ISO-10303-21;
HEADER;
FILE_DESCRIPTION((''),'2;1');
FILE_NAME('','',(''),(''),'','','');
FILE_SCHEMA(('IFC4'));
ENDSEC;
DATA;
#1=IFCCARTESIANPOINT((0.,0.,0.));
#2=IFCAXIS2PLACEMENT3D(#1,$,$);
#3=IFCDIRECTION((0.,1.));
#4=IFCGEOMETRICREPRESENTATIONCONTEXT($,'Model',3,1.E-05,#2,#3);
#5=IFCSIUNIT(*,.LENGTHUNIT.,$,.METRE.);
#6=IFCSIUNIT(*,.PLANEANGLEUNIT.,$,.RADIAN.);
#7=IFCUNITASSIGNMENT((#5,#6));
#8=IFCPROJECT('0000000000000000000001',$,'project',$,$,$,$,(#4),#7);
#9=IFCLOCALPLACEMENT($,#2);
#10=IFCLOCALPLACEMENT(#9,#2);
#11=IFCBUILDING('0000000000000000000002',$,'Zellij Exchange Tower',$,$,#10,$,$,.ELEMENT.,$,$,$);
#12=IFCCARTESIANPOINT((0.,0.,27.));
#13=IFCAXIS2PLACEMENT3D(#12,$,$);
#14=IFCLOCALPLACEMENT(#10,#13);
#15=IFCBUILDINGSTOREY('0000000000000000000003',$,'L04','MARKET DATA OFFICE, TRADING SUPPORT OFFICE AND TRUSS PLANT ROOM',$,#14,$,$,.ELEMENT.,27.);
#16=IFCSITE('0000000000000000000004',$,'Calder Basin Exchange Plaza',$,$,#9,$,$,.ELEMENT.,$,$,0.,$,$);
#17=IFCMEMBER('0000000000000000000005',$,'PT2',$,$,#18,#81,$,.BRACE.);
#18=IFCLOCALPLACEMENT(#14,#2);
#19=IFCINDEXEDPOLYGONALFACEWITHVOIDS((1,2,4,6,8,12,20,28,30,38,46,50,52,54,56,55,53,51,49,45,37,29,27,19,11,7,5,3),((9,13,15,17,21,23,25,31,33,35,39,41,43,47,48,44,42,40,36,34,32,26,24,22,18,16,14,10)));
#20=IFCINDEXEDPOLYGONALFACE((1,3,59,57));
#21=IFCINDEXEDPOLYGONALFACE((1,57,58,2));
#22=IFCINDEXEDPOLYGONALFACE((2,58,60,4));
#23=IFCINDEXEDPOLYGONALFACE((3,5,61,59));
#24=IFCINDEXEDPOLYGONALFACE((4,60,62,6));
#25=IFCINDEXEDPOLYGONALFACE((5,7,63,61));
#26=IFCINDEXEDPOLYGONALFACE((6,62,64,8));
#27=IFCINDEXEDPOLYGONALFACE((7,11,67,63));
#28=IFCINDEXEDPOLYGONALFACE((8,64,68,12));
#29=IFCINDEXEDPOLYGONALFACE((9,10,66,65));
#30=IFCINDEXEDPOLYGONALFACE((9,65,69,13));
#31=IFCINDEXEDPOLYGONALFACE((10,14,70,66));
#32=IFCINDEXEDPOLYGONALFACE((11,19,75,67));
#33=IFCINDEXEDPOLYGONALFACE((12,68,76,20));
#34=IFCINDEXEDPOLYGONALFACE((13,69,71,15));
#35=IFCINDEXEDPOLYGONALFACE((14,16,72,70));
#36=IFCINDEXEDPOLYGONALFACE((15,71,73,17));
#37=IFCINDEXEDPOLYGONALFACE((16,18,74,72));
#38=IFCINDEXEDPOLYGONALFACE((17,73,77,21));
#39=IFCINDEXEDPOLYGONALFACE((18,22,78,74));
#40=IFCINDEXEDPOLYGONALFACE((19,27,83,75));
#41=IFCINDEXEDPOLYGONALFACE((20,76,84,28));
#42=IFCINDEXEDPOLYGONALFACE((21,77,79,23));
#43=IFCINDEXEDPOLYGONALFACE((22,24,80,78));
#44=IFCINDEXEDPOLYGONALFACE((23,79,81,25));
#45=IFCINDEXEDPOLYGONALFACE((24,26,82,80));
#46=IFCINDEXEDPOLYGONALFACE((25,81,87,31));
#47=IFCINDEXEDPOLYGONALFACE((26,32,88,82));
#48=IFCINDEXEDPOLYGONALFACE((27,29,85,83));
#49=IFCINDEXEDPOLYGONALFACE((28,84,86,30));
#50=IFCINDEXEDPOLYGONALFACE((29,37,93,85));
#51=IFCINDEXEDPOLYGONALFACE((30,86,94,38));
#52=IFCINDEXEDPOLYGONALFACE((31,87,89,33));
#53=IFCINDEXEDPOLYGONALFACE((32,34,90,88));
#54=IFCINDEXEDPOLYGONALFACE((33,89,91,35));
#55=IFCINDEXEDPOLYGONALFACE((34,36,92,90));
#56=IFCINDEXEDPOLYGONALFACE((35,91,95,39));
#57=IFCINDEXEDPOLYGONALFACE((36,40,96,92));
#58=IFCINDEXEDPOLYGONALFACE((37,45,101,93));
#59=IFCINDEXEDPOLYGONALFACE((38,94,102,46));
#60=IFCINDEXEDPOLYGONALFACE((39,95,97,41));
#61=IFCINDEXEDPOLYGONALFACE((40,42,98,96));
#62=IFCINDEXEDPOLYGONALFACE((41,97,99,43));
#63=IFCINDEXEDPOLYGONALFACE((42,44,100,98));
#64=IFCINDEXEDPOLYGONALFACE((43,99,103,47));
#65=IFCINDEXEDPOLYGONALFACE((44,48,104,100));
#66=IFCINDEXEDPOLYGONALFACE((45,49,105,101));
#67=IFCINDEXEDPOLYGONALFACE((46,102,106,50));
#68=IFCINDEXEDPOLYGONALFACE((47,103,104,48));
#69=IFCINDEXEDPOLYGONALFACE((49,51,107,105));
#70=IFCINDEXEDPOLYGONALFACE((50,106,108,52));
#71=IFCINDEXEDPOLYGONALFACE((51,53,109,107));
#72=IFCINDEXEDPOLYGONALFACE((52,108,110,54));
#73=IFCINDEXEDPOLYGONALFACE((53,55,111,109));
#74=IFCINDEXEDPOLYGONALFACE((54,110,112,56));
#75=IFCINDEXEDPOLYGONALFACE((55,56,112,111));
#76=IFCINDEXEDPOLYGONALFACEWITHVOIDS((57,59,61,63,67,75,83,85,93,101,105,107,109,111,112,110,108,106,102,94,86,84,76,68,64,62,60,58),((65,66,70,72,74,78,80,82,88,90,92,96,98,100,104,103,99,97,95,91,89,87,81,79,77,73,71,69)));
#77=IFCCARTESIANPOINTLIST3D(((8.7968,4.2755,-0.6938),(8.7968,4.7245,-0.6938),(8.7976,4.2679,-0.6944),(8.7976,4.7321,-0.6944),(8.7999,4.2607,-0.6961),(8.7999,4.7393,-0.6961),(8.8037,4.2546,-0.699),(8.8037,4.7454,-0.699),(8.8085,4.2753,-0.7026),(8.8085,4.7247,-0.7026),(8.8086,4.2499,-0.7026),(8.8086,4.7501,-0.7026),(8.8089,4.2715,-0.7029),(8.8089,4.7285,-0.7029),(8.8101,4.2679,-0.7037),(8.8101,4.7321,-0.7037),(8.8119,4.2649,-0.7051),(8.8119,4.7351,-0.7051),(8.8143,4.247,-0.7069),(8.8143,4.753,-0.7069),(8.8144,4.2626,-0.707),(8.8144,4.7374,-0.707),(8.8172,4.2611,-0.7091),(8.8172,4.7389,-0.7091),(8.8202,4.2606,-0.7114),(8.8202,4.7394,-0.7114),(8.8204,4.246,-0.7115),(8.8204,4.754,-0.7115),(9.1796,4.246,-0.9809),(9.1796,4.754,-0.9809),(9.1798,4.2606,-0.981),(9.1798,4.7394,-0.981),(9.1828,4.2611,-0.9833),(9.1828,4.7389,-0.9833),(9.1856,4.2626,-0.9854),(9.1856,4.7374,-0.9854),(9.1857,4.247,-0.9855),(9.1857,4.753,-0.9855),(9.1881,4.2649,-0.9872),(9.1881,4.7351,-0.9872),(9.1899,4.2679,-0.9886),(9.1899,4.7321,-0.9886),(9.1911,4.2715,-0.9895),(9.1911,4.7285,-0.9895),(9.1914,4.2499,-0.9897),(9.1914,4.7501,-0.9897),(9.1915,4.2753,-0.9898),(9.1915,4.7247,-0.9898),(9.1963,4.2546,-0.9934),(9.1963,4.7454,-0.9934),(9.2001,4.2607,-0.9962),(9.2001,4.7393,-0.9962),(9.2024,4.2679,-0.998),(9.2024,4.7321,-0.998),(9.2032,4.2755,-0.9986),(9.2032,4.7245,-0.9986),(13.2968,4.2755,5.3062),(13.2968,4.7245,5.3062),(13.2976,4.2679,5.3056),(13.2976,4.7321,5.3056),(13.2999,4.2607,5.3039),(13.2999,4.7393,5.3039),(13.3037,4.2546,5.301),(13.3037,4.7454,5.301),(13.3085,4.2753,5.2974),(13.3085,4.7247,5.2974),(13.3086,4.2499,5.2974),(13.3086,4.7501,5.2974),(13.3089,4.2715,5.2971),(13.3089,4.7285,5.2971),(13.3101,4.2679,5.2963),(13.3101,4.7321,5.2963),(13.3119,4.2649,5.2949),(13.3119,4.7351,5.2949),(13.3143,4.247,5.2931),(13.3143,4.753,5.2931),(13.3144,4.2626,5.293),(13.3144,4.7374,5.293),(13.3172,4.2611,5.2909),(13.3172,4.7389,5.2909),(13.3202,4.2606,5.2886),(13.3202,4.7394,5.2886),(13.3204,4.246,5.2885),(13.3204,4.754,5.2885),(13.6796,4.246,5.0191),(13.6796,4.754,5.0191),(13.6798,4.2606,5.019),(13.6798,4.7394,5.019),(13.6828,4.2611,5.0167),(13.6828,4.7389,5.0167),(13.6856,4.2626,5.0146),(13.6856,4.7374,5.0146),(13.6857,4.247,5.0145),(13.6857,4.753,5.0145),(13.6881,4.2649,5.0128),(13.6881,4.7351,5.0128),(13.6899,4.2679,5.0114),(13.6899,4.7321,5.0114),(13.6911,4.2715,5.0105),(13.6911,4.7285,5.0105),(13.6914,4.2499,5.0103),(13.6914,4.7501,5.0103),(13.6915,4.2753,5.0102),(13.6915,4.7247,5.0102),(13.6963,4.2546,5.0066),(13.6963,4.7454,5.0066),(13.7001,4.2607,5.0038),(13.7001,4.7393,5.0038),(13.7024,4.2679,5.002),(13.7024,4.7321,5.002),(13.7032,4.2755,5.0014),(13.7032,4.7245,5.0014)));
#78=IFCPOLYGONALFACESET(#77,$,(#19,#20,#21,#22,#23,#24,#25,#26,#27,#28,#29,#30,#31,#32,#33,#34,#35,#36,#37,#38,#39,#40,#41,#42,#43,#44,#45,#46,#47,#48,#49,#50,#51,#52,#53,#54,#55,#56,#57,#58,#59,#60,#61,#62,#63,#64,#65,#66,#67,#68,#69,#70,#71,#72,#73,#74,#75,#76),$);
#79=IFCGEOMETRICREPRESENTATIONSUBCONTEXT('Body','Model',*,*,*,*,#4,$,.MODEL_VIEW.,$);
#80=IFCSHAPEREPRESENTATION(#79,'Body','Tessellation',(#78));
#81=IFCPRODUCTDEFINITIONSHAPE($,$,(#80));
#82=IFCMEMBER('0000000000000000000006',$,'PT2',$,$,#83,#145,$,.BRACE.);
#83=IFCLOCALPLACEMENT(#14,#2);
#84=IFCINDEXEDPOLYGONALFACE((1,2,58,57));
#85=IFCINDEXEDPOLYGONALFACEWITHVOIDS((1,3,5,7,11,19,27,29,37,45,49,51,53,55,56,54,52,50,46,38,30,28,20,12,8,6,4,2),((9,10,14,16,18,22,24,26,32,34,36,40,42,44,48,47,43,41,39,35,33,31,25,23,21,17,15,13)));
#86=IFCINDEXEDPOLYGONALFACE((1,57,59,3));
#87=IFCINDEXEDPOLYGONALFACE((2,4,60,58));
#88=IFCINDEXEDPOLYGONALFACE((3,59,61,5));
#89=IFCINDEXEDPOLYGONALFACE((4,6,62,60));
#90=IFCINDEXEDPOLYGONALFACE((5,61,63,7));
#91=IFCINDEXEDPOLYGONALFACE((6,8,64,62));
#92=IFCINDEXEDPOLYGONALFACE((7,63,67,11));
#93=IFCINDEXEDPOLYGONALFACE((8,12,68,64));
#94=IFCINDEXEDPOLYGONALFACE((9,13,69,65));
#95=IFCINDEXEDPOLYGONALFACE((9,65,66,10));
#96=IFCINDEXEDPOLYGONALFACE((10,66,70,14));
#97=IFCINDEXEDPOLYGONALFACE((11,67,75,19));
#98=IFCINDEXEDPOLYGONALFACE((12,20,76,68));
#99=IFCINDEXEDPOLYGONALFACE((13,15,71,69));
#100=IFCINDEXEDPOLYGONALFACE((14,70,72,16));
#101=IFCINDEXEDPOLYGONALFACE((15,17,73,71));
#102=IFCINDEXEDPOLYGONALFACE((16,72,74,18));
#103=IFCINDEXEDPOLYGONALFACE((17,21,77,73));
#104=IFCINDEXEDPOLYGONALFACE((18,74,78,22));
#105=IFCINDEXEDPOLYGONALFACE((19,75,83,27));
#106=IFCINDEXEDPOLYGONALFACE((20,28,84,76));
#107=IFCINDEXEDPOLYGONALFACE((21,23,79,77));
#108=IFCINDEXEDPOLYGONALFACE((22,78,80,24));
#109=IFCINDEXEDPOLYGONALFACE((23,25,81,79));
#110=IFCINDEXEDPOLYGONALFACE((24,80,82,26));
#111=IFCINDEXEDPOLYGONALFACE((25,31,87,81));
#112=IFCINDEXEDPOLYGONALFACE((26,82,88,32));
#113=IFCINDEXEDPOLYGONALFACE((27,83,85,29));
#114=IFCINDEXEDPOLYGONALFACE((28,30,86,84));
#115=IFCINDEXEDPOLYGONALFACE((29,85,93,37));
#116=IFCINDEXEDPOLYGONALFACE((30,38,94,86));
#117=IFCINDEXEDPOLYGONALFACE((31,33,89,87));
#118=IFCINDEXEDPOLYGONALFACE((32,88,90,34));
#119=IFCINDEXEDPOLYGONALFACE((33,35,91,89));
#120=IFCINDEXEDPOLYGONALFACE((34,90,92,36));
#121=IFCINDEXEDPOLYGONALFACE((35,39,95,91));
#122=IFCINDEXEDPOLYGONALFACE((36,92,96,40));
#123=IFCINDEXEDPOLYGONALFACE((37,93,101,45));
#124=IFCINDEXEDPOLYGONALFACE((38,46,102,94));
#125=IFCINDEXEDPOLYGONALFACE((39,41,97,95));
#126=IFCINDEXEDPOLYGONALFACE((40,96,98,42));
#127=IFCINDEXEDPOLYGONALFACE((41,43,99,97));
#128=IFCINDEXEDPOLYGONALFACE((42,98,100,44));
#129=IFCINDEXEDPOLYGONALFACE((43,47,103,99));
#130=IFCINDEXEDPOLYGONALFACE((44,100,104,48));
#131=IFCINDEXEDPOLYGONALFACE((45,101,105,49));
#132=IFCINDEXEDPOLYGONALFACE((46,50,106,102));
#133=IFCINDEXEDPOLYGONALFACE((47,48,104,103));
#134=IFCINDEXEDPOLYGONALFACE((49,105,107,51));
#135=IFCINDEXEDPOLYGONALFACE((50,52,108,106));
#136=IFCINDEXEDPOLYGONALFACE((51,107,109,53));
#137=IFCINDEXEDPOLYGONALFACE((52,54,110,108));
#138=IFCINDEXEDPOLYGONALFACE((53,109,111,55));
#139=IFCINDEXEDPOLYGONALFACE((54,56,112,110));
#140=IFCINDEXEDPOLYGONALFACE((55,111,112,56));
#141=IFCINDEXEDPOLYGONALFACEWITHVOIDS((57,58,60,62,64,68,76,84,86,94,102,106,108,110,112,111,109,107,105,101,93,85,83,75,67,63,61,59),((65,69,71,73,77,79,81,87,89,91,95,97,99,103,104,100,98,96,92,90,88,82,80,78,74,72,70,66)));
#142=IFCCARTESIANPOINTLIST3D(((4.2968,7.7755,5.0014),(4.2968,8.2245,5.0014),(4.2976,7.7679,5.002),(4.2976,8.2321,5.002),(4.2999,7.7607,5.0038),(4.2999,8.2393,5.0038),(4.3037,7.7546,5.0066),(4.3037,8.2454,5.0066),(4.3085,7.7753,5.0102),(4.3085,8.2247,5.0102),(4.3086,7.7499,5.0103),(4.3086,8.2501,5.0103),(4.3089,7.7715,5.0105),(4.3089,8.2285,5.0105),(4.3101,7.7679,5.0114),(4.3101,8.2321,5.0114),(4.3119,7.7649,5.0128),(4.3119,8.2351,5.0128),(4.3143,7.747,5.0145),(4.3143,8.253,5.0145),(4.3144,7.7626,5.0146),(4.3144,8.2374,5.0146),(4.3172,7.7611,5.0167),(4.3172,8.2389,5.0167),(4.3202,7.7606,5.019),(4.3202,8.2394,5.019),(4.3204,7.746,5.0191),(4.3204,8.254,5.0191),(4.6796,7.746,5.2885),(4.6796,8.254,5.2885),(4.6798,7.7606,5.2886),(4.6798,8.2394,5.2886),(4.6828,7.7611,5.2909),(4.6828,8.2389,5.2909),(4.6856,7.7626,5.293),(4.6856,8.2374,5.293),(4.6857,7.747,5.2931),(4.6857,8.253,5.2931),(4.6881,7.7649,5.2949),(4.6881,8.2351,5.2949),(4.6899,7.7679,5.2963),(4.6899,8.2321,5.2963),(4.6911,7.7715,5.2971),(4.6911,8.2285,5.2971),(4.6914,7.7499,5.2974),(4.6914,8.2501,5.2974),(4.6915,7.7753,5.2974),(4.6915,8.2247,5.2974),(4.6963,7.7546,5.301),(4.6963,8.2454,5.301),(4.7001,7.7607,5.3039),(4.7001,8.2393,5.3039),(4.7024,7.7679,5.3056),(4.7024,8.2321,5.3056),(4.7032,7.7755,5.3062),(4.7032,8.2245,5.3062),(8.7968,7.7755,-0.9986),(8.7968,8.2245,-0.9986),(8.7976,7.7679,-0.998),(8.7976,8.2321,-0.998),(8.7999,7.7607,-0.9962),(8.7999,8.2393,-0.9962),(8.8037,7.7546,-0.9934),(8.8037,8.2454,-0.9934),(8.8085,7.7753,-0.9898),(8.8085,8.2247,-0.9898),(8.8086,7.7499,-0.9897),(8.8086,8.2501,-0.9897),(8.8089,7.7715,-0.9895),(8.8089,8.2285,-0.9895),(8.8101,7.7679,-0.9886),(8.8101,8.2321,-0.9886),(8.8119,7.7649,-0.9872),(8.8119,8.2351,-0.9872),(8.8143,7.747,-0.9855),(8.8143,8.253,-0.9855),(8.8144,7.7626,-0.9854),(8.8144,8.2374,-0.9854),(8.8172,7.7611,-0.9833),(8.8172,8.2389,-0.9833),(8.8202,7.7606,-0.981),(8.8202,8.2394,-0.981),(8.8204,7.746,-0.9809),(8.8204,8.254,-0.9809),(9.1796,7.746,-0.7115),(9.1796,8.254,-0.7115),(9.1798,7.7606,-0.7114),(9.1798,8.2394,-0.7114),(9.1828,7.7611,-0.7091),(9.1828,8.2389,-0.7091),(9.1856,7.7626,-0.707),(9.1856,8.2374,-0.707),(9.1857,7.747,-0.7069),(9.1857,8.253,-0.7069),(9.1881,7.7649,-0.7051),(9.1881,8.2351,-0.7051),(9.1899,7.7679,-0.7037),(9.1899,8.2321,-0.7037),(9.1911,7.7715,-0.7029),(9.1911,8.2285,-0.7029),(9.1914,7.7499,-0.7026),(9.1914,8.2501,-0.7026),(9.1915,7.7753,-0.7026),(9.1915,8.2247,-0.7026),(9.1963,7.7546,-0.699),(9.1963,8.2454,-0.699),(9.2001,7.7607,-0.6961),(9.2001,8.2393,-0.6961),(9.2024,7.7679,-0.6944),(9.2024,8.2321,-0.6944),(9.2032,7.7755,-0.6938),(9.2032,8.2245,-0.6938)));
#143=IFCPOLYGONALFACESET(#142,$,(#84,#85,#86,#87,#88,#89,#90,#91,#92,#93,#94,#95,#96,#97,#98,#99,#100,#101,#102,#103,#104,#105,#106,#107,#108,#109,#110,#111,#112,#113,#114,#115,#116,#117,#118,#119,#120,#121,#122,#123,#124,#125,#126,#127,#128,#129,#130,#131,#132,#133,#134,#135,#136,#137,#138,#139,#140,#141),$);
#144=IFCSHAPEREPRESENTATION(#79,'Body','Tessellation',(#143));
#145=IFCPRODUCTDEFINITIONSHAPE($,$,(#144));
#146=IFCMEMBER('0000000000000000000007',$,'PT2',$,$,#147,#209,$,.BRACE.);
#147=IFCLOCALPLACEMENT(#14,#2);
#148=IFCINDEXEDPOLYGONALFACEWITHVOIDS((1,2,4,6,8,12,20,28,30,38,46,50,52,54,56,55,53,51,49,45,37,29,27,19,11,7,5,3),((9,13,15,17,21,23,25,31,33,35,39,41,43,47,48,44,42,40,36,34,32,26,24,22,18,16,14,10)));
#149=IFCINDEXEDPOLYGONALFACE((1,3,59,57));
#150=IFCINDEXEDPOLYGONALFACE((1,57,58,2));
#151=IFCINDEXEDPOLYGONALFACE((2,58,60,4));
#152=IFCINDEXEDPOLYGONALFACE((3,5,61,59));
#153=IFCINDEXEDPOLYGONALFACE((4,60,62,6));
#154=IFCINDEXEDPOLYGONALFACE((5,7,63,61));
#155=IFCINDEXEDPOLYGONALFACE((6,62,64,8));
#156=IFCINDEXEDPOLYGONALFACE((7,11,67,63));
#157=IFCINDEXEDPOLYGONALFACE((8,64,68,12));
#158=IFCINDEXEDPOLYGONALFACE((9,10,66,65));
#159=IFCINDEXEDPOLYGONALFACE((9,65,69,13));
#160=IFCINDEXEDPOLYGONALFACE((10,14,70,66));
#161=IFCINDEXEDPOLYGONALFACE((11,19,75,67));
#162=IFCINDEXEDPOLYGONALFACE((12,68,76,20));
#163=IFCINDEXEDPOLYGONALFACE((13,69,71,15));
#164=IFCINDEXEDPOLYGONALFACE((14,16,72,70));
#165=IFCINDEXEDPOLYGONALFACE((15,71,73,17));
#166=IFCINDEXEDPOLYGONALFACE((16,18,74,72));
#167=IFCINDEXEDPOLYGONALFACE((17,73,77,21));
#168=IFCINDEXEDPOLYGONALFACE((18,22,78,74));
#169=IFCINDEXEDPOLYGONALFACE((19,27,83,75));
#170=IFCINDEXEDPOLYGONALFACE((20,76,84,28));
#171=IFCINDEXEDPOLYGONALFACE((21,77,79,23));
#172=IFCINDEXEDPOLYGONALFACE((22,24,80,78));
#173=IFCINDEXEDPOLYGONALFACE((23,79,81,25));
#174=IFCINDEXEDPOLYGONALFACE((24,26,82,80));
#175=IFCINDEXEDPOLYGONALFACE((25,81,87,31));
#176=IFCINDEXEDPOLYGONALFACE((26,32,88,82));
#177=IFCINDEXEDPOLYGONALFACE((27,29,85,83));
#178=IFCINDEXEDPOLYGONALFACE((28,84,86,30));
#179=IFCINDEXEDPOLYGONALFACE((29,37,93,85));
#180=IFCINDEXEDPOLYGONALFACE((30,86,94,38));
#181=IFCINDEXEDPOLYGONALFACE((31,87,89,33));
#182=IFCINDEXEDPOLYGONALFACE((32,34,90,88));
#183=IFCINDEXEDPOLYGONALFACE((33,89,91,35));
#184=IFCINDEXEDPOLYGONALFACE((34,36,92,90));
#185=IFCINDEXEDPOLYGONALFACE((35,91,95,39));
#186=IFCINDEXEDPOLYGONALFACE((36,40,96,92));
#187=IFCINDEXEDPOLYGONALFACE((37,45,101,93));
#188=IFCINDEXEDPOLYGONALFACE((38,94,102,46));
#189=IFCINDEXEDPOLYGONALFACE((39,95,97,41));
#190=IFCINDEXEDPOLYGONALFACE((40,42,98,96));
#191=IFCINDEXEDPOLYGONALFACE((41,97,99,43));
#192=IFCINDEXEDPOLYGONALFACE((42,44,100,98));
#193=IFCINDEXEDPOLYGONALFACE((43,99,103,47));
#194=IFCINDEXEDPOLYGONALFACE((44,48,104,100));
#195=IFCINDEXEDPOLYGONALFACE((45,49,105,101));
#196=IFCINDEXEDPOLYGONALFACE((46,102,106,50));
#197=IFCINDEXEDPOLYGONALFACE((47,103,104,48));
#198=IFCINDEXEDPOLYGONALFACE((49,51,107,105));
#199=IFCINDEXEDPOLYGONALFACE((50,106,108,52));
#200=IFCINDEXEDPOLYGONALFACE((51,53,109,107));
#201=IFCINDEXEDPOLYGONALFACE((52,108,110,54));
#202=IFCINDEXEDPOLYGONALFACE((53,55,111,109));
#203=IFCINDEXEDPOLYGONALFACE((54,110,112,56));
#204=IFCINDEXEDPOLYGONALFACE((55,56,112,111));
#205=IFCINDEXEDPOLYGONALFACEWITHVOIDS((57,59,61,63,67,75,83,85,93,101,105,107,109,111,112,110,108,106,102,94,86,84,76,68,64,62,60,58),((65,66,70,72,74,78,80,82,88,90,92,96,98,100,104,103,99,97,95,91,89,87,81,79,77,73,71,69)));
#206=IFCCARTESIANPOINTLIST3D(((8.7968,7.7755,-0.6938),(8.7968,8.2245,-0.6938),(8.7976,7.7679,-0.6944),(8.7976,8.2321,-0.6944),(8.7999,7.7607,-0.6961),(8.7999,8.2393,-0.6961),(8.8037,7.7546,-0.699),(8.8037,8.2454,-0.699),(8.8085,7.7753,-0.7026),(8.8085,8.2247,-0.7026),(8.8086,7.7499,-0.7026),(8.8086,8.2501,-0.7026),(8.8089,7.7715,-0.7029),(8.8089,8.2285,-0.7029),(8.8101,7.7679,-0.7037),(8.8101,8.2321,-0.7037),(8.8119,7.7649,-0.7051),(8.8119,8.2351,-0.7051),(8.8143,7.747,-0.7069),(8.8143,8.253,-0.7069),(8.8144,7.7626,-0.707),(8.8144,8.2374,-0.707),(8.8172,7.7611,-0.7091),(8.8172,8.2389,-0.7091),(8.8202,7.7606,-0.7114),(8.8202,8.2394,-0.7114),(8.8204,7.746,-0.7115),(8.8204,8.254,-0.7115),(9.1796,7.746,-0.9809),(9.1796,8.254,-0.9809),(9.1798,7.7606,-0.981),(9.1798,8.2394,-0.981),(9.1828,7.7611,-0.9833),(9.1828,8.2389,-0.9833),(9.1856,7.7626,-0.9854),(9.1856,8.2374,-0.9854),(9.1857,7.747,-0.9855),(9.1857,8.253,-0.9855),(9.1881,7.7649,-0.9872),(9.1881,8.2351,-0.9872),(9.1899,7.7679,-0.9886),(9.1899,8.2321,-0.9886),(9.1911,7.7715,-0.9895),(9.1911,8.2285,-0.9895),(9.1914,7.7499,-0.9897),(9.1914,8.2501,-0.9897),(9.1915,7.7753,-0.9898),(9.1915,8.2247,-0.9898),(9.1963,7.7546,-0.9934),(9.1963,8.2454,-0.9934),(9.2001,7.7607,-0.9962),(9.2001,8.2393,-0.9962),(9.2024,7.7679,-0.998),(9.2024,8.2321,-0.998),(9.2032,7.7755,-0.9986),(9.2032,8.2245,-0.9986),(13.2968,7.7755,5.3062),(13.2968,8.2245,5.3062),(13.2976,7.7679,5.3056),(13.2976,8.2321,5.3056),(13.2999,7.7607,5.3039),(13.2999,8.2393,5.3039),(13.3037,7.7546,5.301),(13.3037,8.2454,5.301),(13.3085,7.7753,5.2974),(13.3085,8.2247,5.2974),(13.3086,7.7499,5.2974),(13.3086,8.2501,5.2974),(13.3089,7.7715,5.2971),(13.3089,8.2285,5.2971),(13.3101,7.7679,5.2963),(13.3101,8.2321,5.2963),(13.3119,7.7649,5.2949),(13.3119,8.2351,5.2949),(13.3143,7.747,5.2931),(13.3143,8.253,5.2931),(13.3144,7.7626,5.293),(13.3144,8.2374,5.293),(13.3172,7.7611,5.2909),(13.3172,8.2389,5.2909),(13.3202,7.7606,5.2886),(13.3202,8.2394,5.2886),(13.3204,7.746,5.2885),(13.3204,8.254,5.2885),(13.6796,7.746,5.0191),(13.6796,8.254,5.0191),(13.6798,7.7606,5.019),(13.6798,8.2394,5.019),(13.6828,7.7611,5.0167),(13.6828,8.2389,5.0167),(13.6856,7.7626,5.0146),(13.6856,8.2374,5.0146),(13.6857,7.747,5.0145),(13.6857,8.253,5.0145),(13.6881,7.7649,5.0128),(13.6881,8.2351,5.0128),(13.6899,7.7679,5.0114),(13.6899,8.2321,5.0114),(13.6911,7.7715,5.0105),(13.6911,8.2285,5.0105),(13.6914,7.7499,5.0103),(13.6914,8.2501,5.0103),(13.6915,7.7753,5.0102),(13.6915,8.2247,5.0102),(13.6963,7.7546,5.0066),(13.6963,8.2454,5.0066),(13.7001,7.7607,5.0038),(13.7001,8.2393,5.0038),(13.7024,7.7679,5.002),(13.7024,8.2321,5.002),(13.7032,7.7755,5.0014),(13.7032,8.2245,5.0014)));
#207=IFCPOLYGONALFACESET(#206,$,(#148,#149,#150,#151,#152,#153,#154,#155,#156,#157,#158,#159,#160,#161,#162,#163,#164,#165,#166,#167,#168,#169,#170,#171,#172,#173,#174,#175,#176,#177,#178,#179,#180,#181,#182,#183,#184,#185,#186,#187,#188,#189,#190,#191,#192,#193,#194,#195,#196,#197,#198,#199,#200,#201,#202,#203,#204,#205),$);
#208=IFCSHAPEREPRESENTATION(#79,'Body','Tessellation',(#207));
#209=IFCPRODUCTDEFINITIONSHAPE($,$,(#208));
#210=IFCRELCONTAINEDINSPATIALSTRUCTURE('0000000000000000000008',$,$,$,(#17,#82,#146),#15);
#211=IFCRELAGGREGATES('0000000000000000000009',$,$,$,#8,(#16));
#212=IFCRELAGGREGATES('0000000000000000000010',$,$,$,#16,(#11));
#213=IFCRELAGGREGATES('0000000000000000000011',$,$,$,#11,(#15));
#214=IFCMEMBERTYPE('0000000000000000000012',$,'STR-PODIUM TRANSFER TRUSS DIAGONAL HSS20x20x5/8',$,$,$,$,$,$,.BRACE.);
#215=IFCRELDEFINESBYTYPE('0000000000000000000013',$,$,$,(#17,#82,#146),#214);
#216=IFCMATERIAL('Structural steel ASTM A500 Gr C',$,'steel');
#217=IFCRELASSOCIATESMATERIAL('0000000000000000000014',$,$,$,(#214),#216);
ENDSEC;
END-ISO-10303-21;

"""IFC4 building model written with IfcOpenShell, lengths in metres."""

from ifc_helpers import new_model, si_unit, direction, frame, origin, origin_2d, place, context, subcontext, project, spatial, hollow_rectangle, extrude, material, material_profile, profile_set, type_object, element, save


model = new_model("IFC4")

# Units and contexts
model_context = context("Model", 3, precision=1e-05, world=origin(), true_north=direction((0.0, 1.0)))
body_context = subcontext(model_context, "Body", "Model", "MODEL_VIEW")
ifc_project = project(units=[si_unit("LENGTHUNIT", "METRE"), si_unit("PLANEANGLEUNIT", "RADIAN")], contexts=[model_context])

# Site, building, storey
site_placement = place(None, origin())
site = spatial("IfcSite", under=ifc_project, at=site_placement, Name="Calder Basin Exchange Plaza", CompositionType="ELEMENT", RefElevation=0.0)
building_placement = place(site_placement, origin())
building = spatial("IfcBuilding", under=site, at=building_placement, Name="Zellij Exchange Tower", CompositionType="ELEMENT")
storey_placement = place(building_placement, frame((0.0, 0.0, 27.0)))
storey = spatial("IfcBuildingStorey", under=building, at=storey_placement, Name="L04", Description="MARKET DATA OFFICE, TRADING SUPPORT OFFICE AND TRUSS PLANT ROOM", CompositionType="ELEMENT", Elevation=27.0)

# Members
ifc_material_1 = material(Name="Structural steel ASTM A500 Gr C", Category="steel")
ifc_material_profile_1 = material_profile(ifc_material_1, hollow_rectangle(XDim=0.5081, YDim=0.5081, WallThickness=0.0146, InnerFilletRadius=0.0146, OuterFilletRadius=0.0295, at=origin_2d()), Name="STR-PODIUM TRANSFER TRUSS DIAGONAL HSS20x20x5/8")
ifc_profile_set_1 = profile_set([ifc_material_profile_1], Name="Structural steel ASTM A500 Gr C")
member_type_1 = type_object("IfcMemberType", Name="STR-PODIUM TRANSFER TRUSS DIAGONAL HSS20x20x5/8", PredefinedType="BRACE", material=ifc_profile_set_1)
for number, where, z_axis, x_axis, name in (
    (1, (9.0, 4.5, -0.8462), (0.6, 0.0, 0.8), (0.0, 1.0, 0.0), "PT2"),
    (2, (4.5, 8.0, 5.1538), (0.6, 0.0, -0.8), (0.0, 1.0, 0.0), "PT2"),
    (3, (9.0, 8.0, -0.8462), (0.6, 0.0, 0.8), (0.0, 1.0, 0.0), "PT2"),
):
    element("IfcMember", number, at=place(storey_placement, frame(where, z_axis=z_axis, x_axis=x_axis)), inside=storey, type_object=member_type_1, Name=name, PredefinedType="BRACE", context=body_context, shape_type="SweptSolid", body=[
        extrude(hollow_rectangle(XDim=0.5081, YDim=0.5081, WallThickness=0.0146, InnerFilletRadius=0.0146, OuterFilletRadius=0.0295, at=origin_2d()), origin(), (0.0, 0.0, 1.0), 7.5),
    ])

save(model, "model.ifc")
